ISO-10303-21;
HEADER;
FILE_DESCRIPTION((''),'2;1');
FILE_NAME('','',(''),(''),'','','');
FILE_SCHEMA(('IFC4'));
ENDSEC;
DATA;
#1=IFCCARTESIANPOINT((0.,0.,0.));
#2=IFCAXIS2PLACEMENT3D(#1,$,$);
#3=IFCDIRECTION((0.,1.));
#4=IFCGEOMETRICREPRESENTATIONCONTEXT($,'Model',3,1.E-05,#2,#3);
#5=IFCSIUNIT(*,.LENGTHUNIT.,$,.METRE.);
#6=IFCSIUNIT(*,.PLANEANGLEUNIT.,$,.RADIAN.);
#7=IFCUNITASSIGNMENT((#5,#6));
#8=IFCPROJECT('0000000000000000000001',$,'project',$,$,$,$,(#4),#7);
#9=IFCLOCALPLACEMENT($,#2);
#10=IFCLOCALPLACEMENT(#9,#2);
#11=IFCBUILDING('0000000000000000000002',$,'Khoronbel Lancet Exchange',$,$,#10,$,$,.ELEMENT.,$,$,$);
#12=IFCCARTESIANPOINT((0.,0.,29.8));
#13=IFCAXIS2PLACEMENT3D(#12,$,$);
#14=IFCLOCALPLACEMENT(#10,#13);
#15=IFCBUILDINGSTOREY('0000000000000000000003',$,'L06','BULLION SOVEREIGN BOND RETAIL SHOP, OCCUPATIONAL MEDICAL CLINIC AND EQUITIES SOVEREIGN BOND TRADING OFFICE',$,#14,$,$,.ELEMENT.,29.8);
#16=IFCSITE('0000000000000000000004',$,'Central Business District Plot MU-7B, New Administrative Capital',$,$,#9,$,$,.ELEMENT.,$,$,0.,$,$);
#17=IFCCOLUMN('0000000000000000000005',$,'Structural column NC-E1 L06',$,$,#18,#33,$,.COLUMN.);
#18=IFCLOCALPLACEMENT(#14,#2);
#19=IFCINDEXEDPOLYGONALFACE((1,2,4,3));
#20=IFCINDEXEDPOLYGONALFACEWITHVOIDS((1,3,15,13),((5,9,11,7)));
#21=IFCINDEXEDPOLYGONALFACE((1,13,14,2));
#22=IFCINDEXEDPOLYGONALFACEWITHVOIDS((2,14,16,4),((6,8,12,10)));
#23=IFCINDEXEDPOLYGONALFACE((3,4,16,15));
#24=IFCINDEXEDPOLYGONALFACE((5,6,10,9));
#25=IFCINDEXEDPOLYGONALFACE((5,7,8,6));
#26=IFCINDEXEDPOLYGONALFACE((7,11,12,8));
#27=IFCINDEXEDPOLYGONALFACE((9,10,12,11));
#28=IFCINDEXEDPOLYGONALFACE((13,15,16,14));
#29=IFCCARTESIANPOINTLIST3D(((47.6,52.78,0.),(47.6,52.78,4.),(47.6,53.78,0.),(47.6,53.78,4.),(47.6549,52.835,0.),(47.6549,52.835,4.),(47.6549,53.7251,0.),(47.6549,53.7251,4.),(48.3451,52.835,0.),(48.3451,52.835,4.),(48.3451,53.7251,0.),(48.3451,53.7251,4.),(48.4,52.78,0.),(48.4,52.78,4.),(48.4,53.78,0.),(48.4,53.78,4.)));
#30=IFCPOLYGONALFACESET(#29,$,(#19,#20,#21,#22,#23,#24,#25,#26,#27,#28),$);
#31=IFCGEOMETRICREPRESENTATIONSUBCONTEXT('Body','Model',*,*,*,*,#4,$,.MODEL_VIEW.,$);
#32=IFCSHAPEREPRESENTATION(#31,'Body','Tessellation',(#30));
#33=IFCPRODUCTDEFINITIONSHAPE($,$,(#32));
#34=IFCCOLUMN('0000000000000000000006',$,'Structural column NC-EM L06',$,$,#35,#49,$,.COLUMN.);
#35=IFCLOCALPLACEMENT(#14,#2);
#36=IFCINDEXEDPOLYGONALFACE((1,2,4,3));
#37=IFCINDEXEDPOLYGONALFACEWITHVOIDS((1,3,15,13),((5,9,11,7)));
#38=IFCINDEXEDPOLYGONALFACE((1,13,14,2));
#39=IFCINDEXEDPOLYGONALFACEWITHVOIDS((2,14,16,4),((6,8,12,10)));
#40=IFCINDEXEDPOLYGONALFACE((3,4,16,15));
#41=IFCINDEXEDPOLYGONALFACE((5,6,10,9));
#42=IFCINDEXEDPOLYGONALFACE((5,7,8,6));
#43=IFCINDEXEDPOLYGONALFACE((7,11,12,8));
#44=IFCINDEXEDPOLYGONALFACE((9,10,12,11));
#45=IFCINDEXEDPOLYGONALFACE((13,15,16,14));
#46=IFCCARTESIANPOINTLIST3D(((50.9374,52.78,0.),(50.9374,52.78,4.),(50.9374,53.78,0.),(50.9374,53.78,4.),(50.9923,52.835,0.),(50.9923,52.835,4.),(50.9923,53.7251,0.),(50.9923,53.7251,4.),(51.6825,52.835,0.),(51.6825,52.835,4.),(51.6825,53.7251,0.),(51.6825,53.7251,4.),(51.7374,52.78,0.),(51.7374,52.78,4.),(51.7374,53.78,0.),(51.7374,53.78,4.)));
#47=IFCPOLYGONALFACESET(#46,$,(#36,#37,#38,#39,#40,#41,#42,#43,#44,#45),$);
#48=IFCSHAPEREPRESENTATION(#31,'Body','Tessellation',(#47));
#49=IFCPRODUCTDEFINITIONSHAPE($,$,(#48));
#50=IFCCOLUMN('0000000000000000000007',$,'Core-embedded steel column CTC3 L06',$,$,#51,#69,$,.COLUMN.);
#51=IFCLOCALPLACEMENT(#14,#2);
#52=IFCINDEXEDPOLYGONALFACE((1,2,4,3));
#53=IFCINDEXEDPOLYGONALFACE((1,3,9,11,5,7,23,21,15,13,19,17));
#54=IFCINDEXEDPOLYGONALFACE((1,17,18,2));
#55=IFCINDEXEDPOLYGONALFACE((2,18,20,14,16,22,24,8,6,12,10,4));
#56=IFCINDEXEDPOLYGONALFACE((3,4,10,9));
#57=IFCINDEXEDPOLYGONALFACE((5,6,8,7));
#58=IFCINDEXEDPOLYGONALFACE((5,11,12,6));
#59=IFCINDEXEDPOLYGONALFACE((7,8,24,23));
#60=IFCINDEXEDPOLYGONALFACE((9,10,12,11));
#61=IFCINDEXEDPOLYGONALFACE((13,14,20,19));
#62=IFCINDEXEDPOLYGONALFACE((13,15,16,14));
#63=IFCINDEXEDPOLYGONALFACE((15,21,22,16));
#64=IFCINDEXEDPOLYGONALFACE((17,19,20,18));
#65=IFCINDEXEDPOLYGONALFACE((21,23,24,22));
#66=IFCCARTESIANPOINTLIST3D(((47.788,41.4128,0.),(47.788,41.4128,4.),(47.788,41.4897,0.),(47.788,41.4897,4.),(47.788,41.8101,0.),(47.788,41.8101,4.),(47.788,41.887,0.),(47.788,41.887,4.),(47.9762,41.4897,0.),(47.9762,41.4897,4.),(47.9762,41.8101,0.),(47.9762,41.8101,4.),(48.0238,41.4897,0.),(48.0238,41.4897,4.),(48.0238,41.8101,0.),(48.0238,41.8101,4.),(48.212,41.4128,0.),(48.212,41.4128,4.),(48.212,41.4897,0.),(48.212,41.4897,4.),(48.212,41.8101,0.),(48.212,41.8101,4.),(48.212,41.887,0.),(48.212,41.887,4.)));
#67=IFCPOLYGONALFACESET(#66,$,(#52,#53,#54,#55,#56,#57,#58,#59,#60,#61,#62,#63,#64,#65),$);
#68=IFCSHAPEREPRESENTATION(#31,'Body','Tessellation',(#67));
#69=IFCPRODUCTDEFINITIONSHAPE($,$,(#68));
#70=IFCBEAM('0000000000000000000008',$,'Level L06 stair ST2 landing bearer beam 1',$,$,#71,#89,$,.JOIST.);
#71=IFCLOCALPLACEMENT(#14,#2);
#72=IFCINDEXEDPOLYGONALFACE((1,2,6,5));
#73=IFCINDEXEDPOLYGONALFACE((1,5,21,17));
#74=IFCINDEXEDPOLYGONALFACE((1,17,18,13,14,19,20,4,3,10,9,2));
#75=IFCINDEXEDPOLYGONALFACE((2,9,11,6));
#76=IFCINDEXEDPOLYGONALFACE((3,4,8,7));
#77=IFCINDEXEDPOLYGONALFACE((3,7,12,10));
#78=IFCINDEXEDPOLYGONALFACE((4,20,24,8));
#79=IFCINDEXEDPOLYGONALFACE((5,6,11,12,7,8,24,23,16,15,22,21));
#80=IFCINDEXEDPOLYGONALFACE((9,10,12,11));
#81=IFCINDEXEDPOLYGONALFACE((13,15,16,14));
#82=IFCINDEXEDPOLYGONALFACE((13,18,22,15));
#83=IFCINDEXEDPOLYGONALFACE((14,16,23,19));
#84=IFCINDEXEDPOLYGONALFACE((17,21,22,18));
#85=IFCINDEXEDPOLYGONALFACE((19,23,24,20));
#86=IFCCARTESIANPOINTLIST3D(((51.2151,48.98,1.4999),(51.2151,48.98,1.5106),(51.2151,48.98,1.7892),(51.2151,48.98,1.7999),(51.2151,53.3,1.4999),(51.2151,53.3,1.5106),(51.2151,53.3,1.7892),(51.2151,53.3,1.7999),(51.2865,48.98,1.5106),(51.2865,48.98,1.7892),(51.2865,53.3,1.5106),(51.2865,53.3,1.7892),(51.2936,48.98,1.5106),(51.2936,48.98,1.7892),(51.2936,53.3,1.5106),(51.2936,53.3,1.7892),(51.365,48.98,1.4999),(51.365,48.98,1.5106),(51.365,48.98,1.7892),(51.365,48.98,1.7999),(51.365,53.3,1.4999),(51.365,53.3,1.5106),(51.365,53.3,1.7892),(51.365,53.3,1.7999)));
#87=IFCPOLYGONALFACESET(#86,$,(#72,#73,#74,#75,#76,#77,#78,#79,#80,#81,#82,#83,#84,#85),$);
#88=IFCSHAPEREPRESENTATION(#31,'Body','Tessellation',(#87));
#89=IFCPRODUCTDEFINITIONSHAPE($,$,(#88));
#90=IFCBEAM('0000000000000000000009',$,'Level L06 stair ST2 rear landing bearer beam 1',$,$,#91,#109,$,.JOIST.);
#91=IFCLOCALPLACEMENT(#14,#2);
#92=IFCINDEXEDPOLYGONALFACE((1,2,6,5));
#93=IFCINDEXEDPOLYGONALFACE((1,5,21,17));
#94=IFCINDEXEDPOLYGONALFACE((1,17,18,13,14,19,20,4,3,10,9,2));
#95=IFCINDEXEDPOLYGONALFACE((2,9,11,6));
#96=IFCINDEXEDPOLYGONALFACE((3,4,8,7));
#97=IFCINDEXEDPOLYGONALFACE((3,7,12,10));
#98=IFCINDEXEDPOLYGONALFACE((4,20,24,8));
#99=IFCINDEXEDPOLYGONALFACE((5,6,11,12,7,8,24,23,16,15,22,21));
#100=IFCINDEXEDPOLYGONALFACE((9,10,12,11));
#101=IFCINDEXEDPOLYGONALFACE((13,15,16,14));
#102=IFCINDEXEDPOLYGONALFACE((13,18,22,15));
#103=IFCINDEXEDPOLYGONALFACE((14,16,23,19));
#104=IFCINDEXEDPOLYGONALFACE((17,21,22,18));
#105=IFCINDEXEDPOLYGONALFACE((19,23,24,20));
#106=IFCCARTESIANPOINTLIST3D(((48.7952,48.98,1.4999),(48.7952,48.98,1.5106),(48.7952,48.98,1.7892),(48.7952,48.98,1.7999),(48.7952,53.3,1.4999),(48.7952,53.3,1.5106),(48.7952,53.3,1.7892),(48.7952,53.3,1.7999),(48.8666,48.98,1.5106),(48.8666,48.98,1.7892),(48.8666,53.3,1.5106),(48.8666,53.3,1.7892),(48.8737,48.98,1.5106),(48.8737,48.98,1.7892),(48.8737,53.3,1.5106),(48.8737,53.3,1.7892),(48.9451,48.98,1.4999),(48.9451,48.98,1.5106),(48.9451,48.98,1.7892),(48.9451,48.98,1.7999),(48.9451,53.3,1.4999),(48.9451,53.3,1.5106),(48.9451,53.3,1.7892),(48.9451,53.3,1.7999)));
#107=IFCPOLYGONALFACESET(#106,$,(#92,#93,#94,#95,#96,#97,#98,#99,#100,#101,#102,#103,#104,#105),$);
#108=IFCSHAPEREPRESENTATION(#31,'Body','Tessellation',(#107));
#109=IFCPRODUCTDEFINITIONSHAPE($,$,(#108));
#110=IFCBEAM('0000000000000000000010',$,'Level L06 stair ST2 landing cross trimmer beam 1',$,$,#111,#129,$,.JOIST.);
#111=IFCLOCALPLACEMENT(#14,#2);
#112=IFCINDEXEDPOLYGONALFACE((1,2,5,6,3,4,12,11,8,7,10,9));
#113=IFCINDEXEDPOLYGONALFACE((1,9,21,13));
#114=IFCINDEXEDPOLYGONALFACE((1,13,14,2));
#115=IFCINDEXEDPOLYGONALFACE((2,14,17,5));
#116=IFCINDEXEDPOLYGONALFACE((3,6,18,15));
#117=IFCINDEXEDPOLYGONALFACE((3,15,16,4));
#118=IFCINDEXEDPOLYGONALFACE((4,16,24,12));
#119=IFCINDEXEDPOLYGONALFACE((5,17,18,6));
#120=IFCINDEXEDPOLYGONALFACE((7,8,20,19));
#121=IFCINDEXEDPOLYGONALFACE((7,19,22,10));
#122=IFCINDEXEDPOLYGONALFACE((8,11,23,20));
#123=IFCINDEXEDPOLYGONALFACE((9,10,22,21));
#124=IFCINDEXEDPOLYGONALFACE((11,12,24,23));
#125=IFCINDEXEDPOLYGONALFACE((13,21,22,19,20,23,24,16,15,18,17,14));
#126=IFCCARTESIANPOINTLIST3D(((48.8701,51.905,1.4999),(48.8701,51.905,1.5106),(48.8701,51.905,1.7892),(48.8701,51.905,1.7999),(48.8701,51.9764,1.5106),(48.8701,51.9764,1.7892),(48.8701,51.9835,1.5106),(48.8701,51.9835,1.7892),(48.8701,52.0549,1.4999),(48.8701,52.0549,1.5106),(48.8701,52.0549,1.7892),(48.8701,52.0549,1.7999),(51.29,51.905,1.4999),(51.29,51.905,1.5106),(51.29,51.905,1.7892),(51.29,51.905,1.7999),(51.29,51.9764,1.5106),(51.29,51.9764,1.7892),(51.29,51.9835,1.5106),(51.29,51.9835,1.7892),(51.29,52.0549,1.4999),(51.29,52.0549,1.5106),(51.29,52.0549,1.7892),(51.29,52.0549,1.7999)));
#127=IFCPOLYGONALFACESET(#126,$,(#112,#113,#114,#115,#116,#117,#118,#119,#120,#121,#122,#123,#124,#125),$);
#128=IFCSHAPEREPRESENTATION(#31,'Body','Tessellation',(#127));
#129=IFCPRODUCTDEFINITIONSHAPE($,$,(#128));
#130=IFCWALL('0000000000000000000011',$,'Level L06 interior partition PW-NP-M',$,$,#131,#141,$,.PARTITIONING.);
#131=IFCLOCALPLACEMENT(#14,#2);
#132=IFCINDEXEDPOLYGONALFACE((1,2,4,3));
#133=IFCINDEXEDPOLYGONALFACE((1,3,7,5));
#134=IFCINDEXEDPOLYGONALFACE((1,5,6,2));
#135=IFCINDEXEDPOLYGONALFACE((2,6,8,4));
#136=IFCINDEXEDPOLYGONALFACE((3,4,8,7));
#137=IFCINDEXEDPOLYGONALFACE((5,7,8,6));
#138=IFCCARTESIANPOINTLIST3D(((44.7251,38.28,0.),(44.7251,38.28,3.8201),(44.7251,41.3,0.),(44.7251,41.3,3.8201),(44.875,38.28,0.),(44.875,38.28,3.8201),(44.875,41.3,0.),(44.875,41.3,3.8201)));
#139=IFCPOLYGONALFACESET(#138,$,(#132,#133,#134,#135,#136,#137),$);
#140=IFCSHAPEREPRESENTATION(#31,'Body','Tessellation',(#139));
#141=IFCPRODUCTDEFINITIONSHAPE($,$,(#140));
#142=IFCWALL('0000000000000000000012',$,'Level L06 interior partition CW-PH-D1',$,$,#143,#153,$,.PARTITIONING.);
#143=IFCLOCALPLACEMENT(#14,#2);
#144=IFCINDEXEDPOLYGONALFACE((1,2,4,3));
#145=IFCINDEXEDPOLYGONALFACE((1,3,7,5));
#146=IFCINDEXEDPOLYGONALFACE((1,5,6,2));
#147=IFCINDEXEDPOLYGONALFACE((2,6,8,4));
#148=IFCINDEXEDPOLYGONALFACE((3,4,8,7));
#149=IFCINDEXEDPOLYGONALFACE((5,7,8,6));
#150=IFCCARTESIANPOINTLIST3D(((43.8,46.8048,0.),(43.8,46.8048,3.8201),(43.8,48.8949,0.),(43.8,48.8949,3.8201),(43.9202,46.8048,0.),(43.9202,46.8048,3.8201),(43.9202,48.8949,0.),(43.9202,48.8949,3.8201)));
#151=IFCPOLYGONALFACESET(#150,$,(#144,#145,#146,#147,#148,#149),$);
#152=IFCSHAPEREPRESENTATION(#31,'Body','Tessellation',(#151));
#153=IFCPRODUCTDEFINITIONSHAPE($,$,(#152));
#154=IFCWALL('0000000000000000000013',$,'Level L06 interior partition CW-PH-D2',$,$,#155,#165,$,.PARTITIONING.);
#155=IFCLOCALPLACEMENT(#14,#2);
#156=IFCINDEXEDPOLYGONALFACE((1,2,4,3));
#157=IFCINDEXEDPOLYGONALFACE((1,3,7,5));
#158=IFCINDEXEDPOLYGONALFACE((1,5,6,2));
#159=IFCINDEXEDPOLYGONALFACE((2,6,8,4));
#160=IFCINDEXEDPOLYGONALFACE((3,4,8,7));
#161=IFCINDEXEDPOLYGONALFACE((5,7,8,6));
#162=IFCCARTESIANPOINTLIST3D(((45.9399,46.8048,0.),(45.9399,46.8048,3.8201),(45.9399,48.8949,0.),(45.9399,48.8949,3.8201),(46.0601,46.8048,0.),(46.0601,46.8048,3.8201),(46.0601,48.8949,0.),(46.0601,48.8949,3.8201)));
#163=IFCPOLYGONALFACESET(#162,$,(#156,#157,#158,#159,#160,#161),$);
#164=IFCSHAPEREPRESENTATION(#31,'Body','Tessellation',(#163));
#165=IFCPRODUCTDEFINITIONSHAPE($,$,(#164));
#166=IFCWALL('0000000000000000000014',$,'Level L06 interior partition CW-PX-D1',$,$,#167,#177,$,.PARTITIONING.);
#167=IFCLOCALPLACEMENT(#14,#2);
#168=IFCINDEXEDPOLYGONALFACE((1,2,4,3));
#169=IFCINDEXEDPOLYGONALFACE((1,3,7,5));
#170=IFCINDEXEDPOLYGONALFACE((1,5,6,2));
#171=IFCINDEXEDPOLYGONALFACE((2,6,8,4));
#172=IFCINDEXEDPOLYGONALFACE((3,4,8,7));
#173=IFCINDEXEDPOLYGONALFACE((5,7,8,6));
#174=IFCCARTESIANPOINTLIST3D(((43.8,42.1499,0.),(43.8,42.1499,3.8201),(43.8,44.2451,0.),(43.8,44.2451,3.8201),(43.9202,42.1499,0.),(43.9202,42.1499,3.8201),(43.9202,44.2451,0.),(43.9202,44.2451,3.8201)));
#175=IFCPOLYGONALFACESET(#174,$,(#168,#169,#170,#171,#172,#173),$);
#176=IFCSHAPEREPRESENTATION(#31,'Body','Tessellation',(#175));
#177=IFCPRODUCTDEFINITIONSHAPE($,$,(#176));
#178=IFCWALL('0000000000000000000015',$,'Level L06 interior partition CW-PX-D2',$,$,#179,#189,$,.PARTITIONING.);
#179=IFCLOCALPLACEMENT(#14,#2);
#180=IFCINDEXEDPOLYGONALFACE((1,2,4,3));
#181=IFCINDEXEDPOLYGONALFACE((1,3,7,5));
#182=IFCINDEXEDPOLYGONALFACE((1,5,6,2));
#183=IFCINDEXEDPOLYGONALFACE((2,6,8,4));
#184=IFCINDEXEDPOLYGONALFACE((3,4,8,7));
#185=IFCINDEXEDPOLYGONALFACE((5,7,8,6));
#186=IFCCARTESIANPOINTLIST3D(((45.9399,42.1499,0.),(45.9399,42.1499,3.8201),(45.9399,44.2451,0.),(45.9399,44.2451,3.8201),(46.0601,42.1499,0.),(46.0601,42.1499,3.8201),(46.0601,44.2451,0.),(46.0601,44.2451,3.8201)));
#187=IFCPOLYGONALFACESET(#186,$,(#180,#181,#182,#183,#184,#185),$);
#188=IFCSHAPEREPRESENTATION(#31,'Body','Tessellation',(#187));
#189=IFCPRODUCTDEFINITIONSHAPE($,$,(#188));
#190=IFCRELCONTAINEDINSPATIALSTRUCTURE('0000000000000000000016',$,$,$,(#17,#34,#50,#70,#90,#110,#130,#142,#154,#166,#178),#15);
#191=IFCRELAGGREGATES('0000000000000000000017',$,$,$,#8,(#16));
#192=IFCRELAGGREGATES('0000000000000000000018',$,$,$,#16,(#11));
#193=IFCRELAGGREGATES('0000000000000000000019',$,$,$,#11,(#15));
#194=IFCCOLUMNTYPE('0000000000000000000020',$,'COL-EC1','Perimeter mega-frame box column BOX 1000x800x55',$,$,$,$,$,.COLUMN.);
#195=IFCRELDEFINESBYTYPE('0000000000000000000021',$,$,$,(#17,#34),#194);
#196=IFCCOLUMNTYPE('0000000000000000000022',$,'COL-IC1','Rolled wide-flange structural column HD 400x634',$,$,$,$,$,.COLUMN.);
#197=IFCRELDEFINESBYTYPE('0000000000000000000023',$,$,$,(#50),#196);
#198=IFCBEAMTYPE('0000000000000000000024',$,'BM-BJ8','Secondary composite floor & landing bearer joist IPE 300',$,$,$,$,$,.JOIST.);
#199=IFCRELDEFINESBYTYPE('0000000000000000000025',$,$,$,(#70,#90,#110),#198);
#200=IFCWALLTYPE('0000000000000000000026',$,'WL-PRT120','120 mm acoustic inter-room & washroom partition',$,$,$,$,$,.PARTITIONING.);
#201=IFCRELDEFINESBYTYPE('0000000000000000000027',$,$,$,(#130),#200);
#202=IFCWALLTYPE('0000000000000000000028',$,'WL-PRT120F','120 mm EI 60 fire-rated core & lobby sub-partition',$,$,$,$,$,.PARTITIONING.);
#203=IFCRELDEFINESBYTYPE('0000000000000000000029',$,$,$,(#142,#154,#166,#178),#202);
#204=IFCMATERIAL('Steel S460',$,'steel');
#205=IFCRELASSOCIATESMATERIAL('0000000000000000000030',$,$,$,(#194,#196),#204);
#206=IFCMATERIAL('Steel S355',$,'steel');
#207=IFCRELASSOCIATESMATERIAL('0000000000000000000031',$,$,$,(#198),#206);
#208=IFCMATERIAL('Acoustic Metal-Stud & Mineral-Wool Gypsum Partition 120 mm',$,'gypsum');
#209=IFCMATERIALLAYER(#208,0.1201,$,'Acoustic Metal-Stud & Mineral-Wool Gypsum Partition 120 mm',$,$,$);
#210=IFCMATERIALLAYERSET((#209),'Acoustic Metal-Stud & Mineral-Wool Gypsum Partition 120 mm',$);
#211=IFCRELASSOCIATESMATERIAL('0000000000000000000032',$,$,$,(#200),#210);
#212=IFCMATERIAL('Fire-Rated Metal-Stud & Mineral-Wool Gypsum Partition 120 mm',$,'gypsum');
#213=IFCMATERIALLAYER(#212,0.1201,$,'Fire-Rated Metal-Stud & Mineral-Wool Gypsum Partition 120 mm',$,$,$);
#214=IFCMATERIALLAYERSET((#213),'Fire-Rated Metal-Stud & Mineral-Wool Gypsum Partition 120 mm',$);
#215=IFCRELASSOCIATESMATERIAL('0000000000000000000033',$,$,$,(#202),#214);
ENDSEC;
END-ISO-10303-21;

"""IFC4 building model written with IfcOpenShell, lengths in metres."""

from ifc_helpers import new_model, si_unit, direction, frame, frame_2d, origin, origin_2d, place, context, subcontext, project, spatial, rectangle, hollow_rectangle, i_section, extrude, material, layer, layer_set, material_profile, profile_set, type_object, element, save


model = new_model("IFC4")

# Units and contexts
model_context = context("Model", 3, precision=1e-05, world=origin(), true_north=direction((0.0, 1.0)))
body_context = subcontext(model_context, "Body", "Model", "MODEL_VIEW")
ifc_project = project(units=[si_unit("LENGTHUNIT", "METRE"), si_unit("PLANEANGLEUNIT", "RADIAN")], contexts=[model_context])

# Site, building, storey
site_placement = place(None, origin())
site = spatial("IfcSite", under=ifc_project, at=site_placement, Name="Central Business District Plot MU-7B, New Administrative Capital", CompositionType="ELEMENT", RefElevation=0.0)
building_placement = place(site_placement, origin())
building = spatial("IfcBuilding", under=site, at=building_placement, Name="Khoronbel Lancet Exchange", CompositionType="ELEMENT")
storey_placement = place(building_placement, frame((0.0, 0.0, 29.8)))
storey = spatial("IfcBuildingStorey", under=building, at=storey_placement, Name="L06", Description="BULLION SOVEREIGN BOND RETAIL SHOP, OCCUPATIONAL MEDICAL CLINIC AND EQUITIES SOVEREIGN BOND TRADING OFFICE", CompositionType="ELEMENT", Elevation=29.8)

# Columns
ifc_material_1 = material(Name="Steel S460", Category="steel")
ifc_material_profile_1 = material_profile(ifc_material_1, hollow_rectangle(XDim=0.8, YDim=1.0, WallThickness=0.0549, at=origin_2d()), Name="BOX 1000x800x55")
ifc_profile_set_1 = profile_set([ifc_material_profile_1], Name="Steel S460")
column_type_1 = type_object("IfcColumnType", Name="COL-EC1", Description="Perimeter mega-frame box column BOX 1000x800x55", PredefinedType="COLUMN", material=ifc_profile_set_1)
for number, where, z_axis, x_axis, name in (
    (1, (48.0, 53.28, 0.0), (0.0, 0.0, 1.0), (1.0, 0.0, 0.0), "Structural column NC-E1 L06"),
    (2, (51.3374, 53.28, 0.0), (0.0, 0.0, 1.0), (1.0, 0.0, 0.0), "Structural column NC-EM L06"),
):
    element("IfcColumn", number, at=place(storey_placement, frame(where, z_axis=z_axis, x_axis=x_axis)), inside=storey, type_object=column_type_1, Name=name, PredefinedType="COLUMN", context=body_context, shape_type="SweptSolid", body=[
        extrude(hollow_rectangle(XDim=0.8, YDim=1.0, WallThickness=0.0549, at=origin_2d()), origin(), (0.0, 0.0, 1.0), 4.0),
    ])
ifc_material_profile_2 = material_profile(ifc_material_1, i_section(OverallWidth=0.4241, OverallDepth=0.4741, WebThickness=0.0476, FlangeThickness=0.0769, at=origin_2d()), Name="HD 400x634")
ifc_profile_set_2 = profile_set([ifc_material_profile_2], Name="Steel S460")
column_type_2 = type_object("IfcColumnType", Name="COL-IC1", Description="Rolled wide-flange structural column HD 400x634", PredefinedType="COLUMN", material=ifc_profile_set_2)
column_placement = place(storey_placement, frame((48.0, 41.6499, 0.0), z_axis=(0.0, 0.0, 1.0), x_axis=(1.0, 0.0, 0.0)))
element("IfcColumn", 3, at=column_placement, inside=storey, type_object=column_type_2, Name="Core-embedded steel column CTC3 L06", PredefinedType="COLUMN", context=body_context, shape_type="SweptSolid", body=[
    extrude(i_section(OverallWidth=0.4241, OverallDepth=0.4741, WebThickness=0.0476, FlangeThickness=0.0769, at=origin_2d()), origin(), (0.0, 0.0, 1.0), 4.0),
])

# Beams
ifc_material_2 = material(Name="Steel S355", Category="steel")
ifc_material_profile_3 = material_profile(ifc_material_2, i_section(OverallWidth=0.1499, OverallDepth=0.3, WebThickness=0.0071, FlangeThickness=0.0107, at=origin_2d()), Name="IPE 300")
ifc_profile_set_3 = profile_set([ifc_material_profile_3], Name="Steel S355")
beam_type = type_object("IfcBeamType", Name="BM-BJ8", Description="Secondary composite floor & landing bearer joist IPE 300", PredefinedType="JOIST", material=ifc_profile_set_3)
for number, where, z_axis, x_axis, name in (
    (4, (51.29, 48.98, 1.6499), (0.0, 1.0, 0.0), (-1.0, 0.0, 0.0), "Level L06 stair ST2 landing bearer beam 1"),
    (5, (48.8701, 48.98, 1.6499), (0.0, 1.0, 0.0), (-1.0, 0.0, 0.0), "Level L06 stair ST2 rear landing bearer beam 1"),
):
    element("IfcBeam", number, at=place(storey_placement, frame(where, z_axis=z_axis, x_axis=x_axis)), inside=storey, type_object=beam_type, Name=name, PredefinedType="JOIST", context=body_context, shape_type="SweptSolid", body=[
        extrude(i_section(OverallWidth=0.1499, OverallDepth=0.3, WebThickness=0.0071, FlangeThickness=0.0107, at=origin_2d()), origin(), (0.0, 0.0, 1.0), 4.3201),
    ])
beam_placement = place(storey_placement, frame((48.8701, 51.98, 1.6499), z_axis=(1.0, 0.0, 0.0), x_axis=(0.0, 1.0, 0.0)))
element("IfcBeam", 6, at=beam_placement, inside=storey, type_object=beam_type, Name="Level L06 stair ST2 landing cross trimmer beam 1", PredefinedType="JOIST", context=body_context, shape_type="SweptSolid", body=[
    extrude(i_section(OverallWidth=0.1499, OverallDepth=0.3, WebThickness=0.0071, FlangeThickness=0.0107, at=origin_2d()), origin(), (0.0, 0.0, 1.0), 2.4199),
])

# Walls
ifc_material_3 = material(Name="Acoustic Metal-Stud & Mineral-Wool Gypsum Partition 120 mm", Category="gypsum")
ifc_layer_1 = layer(ifc_material_3, 0.1201, Name="Acoustic Metal-Stud & Mineral-Wool Gypsum Partition 120 mm")
ifc_layer_set_1 = layer_set([ifc_layer_1], Name="Acoustic Metal-Stud & Mineral-Wool Gypsum Partition 120 mm")
wall_type_1 = type_object("IfcWallType", Name="WL-PRT120", Description="120 mm acoustic inter-room & washroom partition", PredefinedType="PARTITIONING", material=ifc_layer_set_1)
wall_1_placement = place(storey_placement, frame((44.8, 38.28, 0.0), z_axis=(0.0, 0.0, 1.0), x_axis=(0.0, 1.0, 0.0)))
element("IfcWall", 7, at=wall_1_placement, inside=storey, type_object=wall_type_1, Name="Level L06 interior partition PW-NP-M", PredefinedType="PARTITIONING", context=body_context, shape_type="SweptSolid", body=[
    extrude(rectangle(XDim=3.02, YDim=0.1499, at=frame_2d((1.51, 0.0))), origin(), (0.0, 0.0, 1.0), 3.8201),
])
ifc_material_4 = material(Name="Fire-Rated Metal-Stud & Mineral-Wool Gypsum Partition 120 mm", Category="gypsum")
ifc_layer_2 = layer(ifc_material_4, 0.1201, Name="Fire-Rated Metal-Stud & Mineral-Wool Gypsum Partition 120 mm")
ifc_layer_set_2 = layer_set([ifc_layer_2], Name="Fire-Rated Metal-Stud & Mineral-Wool Gypsum Partition 120 mm")
wall_type_2 = type_object("IfcWallType", Name="WL-PRT120F", Description="120 mm EI 60 fire-rated core & lobby sub-partition", PredefinedType="PARTITIONING", material=ifc_layer_set_2)
for number, where, z_axis, x_axis, name in (
    (8, (43.8601, 46.8049, 0.0), (0.0, 0.0, 1.0), (0.0, 1.0, 0.0), "Level L06 interior partition CW-PH-D1"),
    (9, (46.0, 46.8049, 0.0), (0.0, 0.0, 1.0), (0.0, 1.0, 0.0), "Level L06 interior partition CW-PH-D2"),
):
    element("IfcWall", number, at=place(storey_placement, frame(where, z_axis=z_axis, x_axis=x_axis)), inside=storey, type_object=wall_type_2, Name=name, PredefinedType="PARTITIONING", context=body_context, shape_type="SweptSolid", body=[
        extrude(rectangle(XDim=2.0901, YDim=0.1201, at=frame_2d((1.0449, 0.0))), origin(), (0.0, 0.0, 1.0), 3.8201),
    ])
for number, where, z_axis, x_axis, name in (
    (10, (43.8601, 42.1499, 0.0), (0.0, 0.0, 1.0), (0.0, 1.0, 0.0), "Level L06 interior partition CW-PX-D1"),
    (11, (46.0, 42.1499, 0.0), (0.0, 0.0, 1.0), (0.0, 1.0, 0.0), "Level L06 interior partition CW-PX-D2"),
):
    element("IfcWall", number, at=place(storey_placement, frame(where, z_axis=z_axis, x_axis=x_axis)), inside=storey, type_object=wall_type_2, Name=name, PredefinedType="PARTITIONING", context=body_context, shape_type="SweptSolid", body=[
        extrude(rectangle(XDim=2.0952, YDim=0.1201, at=frame_2d((1.0476, 0.0))), origin(), (0.0, 0.0, 1.0), 3.8201),
    ])

save(model, "model.ifc")
